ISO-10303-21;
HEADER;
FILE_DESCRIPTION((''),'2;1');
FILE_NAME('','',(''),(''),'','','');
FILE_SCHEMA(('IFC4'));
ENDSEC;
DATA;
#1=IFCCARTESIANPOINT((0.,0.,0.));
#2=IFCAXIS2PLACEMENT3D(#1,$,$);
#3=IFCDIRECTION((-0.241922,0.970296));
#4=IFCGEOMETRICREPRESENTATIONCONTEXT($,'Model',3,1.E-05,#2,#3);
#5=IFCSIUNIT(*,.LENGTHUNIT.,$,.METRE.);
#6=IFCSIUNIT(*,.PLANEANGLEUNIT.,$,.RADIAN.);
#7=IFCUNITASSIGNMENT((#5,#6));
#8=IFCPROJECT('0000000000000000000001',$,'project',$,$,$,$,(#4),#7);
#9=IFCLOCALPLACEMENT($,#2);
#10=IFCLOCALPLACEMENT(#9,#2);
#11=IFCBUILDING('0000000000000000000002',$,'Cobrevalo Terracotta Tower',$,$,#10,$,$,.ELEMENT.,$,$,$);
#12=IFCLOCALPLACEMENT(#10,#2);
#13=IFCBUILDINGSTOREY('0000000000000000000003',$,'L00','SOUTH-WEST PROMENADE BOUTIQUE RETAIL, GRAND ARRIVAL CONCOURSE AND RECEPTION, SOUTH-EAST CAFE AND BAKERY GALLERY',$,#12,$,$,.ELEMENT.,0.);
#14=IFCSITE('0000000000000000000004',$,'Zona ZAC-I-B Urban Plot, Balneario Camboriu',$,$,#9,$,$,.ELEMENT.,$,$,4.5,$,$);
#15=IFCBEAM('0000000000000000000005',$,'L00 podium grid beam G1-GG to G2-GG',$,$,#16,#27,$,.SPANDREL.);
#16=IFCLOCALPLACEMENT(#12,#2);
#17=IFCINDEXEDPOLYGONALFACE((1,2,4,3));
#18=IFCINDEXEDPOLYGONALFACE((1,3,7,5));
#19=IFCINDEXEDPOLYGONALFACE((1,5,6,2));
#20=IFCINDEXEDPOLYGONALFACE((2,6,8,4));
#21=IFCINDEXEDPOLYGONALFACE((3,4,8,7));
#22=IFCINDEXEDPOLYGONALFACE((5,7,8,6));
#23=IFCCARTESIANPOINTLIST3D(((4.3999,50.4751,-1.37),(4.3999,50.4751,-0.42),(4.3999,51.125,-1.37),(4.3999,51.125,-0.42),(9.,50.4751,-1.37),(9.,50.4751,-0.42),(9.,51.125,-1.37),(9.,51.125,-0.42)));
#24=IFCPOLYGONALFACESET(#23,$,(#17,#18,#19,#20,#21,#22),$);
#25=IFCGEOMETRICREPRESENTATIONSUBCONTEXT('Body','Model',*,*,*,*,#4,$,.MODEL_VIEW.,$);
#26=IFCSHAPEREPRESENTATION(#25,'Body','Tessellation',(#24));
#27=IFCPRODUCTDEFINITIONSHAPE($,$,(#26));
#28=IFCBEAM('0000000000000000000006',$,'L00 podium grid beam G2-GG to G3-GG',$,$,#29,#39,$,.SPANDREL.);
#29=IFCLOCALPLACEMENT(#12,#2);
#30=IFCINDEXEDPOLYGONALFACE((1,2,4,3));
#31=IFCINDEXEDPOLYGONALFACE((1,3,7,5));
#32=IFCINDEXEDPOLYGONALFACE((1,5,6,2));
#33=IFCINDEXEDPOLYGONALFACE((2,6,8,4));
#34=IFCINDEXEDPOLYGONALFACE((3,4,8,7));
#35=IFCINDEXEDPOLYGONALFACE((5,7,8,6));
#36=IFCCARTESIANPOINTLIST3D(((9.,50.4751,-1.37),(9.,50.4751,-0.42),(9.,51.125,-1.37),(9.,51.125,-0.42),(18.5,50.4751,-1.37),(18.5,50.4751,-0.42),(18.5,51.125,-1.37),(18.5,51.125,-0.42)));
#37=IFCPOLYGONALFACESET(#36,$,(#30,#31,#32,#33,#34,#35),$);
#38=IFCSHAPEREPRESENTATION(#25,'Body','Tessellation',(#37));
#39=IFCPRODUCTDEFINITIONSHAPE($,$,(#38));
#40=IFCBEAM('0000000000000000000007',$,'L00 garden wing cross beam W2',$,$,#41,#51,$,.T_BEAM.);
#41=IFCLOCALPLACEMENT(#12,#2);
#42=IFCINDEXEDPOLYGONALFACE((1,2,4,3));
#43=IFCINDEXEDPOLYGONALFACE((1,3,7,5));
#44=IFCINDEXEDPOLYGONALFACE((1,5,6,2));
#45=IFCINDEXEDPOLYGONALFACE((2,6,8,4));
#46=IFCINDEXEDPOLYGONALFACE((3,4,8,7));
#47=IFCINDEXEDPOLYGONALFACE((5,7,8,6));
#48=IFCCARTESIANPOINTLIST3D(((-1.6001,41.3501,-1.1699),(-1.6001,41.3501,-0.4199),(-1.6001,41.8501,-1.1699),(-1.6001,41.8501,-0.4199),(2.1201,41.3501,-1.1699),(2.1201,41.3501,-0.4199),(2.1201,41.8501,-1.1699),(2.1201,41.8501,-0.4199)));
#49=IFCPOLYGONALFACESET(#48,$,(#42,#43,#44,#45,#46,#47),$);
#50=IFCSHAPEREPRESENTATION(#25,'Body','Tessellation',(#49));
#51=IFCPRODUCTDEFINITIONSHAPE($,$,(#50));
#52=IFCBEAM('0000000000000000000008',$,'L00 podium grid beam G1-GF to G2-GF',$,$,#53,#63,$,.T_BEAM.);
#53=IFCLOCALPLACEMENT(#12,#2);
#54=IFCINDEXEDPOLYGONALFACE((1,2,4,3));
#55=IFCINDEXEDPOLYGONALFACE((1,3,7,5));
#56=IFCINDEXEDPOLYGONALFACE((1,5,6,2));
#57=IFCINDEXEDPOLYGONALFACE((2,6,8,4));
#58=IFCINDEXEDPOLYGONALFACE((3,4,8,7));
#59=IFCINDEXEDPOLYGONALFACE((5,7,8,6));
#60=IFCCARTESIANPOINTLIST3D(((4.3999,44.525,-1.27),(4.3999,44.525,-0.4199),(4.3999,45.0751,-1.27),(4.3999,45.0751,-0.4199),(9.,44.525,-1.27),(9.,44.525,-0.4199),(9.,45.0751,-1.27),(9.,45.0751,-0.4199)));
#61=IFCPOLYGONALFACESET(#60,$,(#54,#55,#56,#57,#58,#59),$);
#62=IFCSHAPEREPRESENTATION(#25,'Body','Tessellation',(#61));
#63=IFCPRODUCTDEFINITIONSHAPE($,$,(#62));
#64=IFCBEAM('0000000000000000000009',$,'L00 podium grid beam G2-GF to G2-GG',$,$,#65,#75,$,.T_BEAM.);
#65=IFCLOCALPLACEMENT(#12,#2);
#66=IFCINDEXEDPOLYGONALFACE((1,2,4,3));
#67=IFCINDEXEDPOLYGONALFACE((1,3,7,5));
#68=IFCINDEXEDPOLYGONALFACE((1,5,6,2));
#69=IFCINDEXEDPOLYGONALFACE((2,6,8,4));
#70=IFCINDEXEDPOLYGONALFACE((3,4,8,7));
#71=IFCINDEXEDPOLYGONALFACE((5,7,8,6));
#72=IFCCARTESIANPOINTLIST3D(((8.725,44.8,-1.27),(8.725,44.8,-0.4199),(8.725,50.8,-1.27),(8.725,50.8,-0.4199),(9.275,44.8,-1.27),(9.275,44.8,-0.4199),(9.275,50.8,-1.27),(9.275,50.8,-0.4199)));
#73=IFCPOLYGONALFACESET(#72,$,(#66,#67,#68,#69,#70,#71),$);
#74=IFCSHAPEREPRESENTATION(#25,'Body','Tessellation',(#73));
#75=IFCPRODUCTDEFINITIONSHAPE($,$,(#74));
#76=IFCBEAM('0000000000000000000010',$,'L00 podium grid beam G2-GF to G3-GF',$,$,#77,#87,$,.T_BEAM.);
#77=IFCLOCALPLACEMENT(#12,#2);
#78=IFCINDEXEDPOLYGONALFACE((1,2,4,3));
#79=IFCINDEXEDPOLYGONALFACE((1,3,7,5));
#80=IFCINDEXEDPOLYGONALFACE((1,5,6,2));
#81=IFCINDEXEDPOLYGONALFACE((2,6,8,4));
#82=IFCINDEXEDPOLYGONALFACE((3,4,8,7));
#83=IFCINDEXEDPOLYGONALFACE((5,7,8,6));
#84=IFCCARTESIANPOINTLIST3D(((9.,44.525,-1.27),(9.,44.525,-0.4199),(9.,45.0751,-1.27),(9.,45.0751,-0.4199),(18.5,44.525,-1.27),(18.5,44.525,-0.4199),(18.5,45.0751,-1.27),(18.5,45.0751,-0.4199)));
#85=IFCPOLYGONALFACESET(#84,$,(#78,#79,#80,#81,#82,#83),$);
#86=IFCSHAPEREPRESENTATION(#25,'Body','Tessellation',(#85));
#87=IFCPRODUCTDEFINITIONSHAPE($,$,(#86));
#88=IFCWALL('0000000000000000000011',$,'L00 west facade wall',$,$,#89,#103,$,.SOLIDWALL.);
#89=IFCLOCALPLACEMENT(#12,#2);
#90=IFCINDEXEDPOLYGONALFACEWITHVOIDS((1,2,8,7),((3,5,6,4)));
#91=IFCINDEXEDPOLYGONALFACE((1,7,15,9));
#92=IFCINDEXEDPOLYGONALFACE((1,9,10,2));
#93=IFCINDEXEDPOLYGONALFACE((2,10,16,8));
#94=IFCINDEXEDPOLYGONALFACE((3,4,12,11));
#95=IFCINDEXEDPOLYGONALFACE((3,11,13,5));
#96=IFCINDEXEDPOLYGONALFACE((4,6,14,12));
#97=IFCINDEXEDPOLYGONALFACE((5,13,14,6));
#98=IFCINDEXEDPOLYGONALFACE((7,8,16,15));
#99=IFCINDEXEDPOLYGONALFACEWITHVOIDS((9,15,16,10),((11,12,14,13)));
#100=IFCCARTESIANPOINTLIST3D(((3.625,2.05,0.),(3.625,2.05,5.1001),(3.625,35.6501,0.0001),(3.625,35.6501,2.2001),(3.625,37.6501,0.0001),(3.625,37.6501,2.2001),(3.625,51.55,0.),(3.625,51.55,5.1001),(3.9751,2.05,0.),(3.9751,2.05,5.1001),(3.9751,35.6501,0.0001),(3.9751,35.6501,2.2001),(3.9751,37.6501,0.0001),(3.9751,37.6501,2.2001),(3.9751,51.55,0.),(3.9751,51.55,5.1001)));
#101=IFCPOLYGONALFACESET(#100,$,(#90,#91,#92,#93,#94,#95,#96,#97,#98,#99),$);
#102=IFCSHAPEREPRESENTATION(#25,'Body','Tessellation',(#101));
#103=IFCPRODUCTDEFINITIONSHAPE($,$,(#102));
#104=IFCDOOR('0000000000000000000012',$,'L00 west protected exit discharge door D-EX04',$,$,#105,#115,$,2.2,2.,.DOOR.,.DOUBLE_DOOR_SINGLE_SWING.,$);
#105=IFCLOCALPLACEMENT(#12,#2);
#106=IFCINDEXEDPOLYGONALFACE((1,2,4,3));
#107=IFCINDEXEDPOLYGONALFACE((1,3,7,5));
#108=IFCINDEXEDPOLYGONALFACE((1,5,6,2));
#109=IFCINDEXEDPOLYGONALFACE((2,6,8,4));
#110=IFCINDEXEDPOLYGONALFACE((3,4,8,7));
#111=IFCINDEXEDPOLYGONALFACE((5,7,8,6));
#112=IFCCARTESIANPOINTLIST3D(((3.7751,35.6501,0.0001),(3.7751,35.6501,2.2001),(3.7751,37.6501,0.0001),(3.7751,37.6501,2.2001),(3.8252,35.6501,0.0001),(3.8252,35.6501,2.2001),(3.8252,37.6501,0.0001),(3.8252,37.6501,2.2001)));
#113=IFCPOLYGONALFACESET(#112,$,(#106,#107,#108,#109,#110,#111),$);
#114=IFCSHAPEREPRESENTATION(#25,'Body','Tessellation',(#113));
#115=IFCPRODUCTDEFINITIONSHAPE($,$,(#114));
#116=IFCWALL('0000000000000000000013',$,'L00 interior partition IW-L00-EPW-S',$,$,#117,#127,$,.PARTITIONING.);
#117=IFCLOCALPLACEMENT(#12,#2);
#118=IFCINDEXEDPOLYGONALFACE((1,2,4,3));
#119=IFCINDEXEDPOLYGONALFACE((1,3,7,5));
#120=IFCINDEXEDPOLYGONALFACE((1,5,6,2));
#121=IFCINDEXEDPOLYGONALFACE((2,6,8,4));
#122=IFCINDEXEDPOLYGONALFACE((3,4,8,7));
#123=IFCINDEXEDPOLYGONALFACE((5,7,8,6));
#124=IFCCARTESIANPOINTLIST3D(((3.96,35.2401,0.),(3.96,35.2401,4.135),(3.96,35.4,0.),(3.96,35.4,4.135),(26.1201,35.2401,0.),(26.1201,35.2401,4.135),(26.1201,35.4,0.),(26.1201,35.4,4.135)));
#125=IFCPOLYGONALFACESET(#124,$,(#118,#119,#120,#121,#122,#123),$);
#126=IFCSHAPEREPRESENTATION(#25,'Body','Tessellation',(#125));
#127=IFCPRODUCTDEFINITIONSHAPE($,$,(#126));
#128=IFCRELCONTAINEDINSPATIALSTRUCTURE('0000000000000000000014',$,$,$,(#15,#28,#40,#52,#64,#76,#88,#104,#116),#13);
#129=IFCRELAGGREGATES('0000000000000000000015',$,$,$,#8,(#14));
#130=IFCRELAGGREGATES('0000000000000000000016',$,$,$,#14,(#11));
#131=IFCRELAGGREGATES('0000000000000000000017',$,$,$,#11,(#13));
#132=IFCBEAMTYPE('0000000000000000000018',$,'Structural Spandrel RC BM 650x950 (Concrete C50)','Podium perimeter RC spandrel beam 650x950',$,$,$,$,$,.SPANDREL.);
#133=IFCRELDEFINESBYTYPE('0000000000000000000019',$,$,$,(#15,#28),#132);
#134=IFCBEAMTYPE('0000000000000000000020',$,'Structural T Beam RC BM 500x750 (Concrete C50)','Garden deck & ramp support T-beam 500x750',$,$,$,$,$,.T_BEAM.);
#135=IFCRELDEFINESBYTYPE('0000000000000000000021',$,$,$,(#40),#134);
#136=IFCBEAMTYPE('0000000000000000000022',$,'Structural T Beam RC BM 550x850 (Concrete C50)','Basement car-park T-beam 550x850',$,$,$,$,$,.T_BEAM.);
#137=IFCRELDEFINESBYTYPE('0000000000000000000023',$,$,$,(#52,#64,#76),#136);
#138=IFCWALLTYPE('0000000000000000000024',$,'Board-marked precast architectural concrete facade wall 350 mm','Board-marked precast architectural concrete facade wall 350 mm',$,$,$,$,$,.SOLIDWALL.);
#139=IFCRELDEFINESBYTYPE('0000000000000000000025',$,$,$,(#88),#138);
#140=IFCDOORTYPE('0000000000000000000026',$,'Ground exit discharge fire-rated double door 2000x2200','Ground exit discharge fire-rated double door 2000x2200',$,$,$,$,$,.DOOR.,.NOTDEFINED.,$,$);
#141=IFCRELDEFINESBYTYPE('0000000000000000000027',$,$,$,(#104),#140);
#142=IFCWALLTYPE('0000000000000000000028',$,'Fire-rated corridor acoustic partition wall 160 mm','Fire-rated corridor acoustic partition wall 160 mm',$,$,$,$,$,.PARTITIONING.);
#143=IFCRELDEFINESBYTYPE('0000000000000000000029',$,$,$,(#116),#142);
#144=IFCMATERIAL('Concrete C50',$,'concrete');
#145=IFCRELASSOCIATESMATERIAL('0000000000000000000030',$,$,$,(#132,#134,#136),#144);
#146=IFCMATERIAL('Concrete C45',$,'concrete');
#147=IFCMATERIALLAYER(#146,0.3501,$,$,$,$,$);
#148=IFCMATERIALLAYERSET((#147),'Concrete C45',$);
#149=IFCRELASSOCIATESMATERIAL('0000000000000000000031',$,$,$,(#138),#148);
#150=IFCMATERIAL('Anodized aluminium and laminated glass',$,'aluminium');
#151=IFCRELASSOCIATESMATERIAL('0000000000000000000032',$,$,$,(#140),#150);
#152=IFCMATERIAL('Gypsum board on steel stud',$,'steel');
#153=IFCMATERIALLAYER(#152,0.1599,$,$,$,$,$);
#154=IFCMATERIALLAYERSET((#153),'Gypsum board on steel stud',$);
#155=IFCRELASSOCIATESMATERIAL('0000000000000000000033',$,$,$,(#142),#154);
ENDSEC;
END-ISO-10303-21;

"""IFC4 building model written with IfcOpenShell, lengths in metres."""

from ifc_helpers import new_model, si_unit, direction, frame, frame_2d, origin, origin_2d, place, context, subcontext, project, spatial, rectangle, extrude, source, transform, mapped, material, layer, layer_set, material_profile, profile_set, type_object, element, fill, save


model = new_model("IFC4")

# Units and contexts
model_context = context("Model", 3, precision=1e-05, world=origin(), true_north=direction((-0.241922, 0.970296)))
body_context = subcontext(model_context, "Body", "Model", "MODEL_VIEW")
ifc_project = project(units=[si_unit("LENGTHUNIT", "METRE"), si_unit("PLANEANGLEUNIT", "RADIAN")], contexts=[model_context])

# Site, building, storey
site_placement = place(None, origin())
site = spatial("IfcSite", under=ifc_project, at=site_placement, Name="Zona ZAC-I-B Urban Plot, Balneario Camboriu", CompositionType="ELEMENT", RefElevation=4.5)
building_placement = place(site_placement, origin())
building = spatial("IfcBuilding", under=site, at=building_placement, Name="Cobrevalo Terracotta Tower", CompositionType="ELEMENT")
storey_placement = place(building_placement, origin())
storey = spatial("IfcBuildingStorey", under=building, at=storey_placement, Name="L00", Description="SOUTH-WEST PROMENADE BOUTIQUE RETAIL, GRAND ARRIVAL CONCOURSE AND RECEPTION, SOUTH-EAST CAFE AND BAKERY GALLERY", CompositionType="ELEMENT", Elevation=0.0)

# Shared definitions
ifc_material_1 = material(Name="Concrete C50", Category="concrete")

# Beams
ifc_material_profile_1 = material_profile(ifc_material_1, rectangle(XDim=0.6499, YDim=0.95, at=origin_2d()), Name="RC BM 650x950")
ifc_profile_set_1 = profile_set([ifc_material_profile_1], Name="Concrete C50")
beam_type_1 = type_object("IfcBeamType", Name="Structural Spandrel RC BM 650x950 (Concrete C50)", Description="Podium perimeter RC spandrel beam 650x950", PredefinedType="SPANDREL", material=ifc_profile_set_1)
beam_1_placement = place(storey_placement, frame((4.3999, 50.8, -0.895), z_axis=(1.0, 0.0, 0.0), x_axis=(0.0, 1.0, 0.0)))
element("IfcBeam", 1, at=beam_1_placement, inside=storey, type_object=beam_type_1, Name="L00 podium grid beam G1-GG to G2-GG", PredefinedType="SPANDREL", context=body_context, shape_type="SweptSolid", body=[
    extrude(rectangle(XDim=0.6499, YDim=0.95, at=origin_2d()), origin(), (0.0, 0.0, 1.0), 4.6001),
])
beam_2_placement = place(storey_placement, frame((9.0, 50.8, -0.895), z_axis=(1.0, 0.0, 0.0), x_axis=(0.0, 1.0, 0.0)))
element("IfcBeam", 2, at=beam_2_placement, inside=storey, type_object=beam_type_1, Name="L00 podium grid beam G2-GG to G3-GG", PredefinedType="SPANDREL", context=body_context, shape_type="SweptSolid", body=[
    extrude(rectangle(XDim=0.6499, YDim=0.95, at=origin_2d()), origin(), (0.0, 0.0, 1.0), 9.5),
])
ifc_material_profile_2 = material_profile(ifc_material_1, rectangle(XDim=0.5, YDim=0.75, at=origin_2d()), Name="RC BM 500x750")
ifc_profile_set_2 = profile_set([ifc_material_profile_2], Name="Concrete C50")
beam_type_2 = type_object("IfcBeamType", Name="Structural T Beam RC BM 500x750 (Concrete C50)", Description="Garden deck & ramp support T-beam 500x750", PredefinedType="T_BEAM", material=ifc_profile_set_2)
beam_3_placement = place(storey_placement, frame((-1.6001, 41.6001, -0.7949), z_axis=(1.0, 0.0, 0.0), x_axis=(0.0, 1.0, 0.0)))
element("IfcBeam", 3, at=beam_3_placement, inside=storey, type_object=beam_type_2, Name="L00 garden wing cross beam W2", PredefinedType="T_BEAM", context=body_context, shape_type="SweptSolid", body=[
    extrude(rectangle(XDim=0.5, YDim=0.75, at=origin_2d()), origin(), (0.0, 0.0, 1.0), 3.7202),
])
ifc_material_profile_3 = material_profile(ifc_material_1, rectangle(XDim=0.55, YDim=0.8501, at=origin_2d()), Name="RC BM 550x850")
ifc_profile_set_3 = profile_set([ifc_material_profile_3], Name="Concrete C50")
beam_type_3 = type_object("IfcBeamType", Name="Structural T Beam RC BM 550x850 (Concrete C50)", Description="Basement car-park T-beam 550x850", PredefinedType="T_BEAM", material=ifc_profile_set_3)
beam_4_placement = place(storey_placement, frame((4.3999, 44.8, -0.845), z_axis=(1.0, 0.0, 0.0), x_axis=(0.0, 1.0, 0.0)))
element("IfcBeam", 4, at=beam_4_placement, inside=storey, type_object=beam_type_3, Name="L00 podium grid beam G1-GF to G2-GF", PredefinedType="T_BEAM", context=body_context, shape_type="SweptSolid", body=[
    extrude(rectangle(XDim=0.55, YDim=0.8501, at=origin_2d()), origin(), (0.0, 0.0, 1.0), 4.6001),
])
beam_5_placement = place(storey_placement, frame((9.0, 44.8, -0.845), z_axis=(0.0, 1.0, 0.0), x_axis=(-1.0, 0.0, 0.0)))
element("IfcBeam", 5, at=beam_5_placement, inside=storey, type_object=beam_type_3, Name="L00 podium grid beam G2-GF to G2-GG", PredefinedType="T_BEAM", context=body_context, shape_type="SweptSolid", body=[
    extrude(rectangle(XDim=0.55, YDim=0.8501, at=origin_2d()), origin(), (0.0, 0.0, 1.0), 6.0),
])
beam_6_placement = place(storey_placement, frame((9.0, 44.8, -0.845), z_axis=(1.0, 0.0, 0.0), x_axis=(0.0, 1.0, 0.0)))
element("IfcBeam", 6, at=beam_6_placement, inside=storey, type_object=beam_type_3, Name="L00 podium grid beam G2-GF to G3-GF", PredefinedType="T_BEAM", context=body_context, shape_type="SweptSolid", body=[
    extrude(rectangle(XDim=0.55, YDim=0.8501, at=origin_2d()), origin(), (0.0, 0.0, 1.0), 9.5),
])

# Wall, opening, door
ifc_material_2 = material(Name="Concrete C45", Category="concrete")
ifc_layer_1 = layer(ifc_material_2, 0.3501)
ifc_layer_set_1 = layer_set([ifc_layer_1], Name="Concrete C45")
wall_type_1 = type_object("IfcWallType", Name="Board-marked precast architectural concrete facade wall 350 mm", Description="Board-marked precast architectural concrete facade wall 350 mm", PredefinedType="SOLIDWALL", material=ifc_layer_set_1)
wall_1_placement = place(storey_placement, frame((3.8, 51.55, 0.0), z_axis=(0.0, 0.0, 1.0), x_axis=(0.0, -1.0, 0.0)))
wall_1 = element("IfcWall", 7, at=wall_1_placement, inside=storey, type_object=wall_type_1, Name="L00 west facade wall", PredefinedType="SOLIDWALL", context=body_context, shape_type="SweptSolid", body=[
    extrude(rectangle(XDim=49.5, YDim=0.3501, at=frame_2d((24.75, 0.0))), origin(), (0.0, 0.0, 1.0), 5.1001),
])
opening_1_placement = place(wall_1_placement, frame((13.8999, 0.0, 0.0)))
opening_1 = element("IfcOpeningElement", 8, at=opening_1_placement, cuts=wall_1, PredefinedType="OPENING", context=body_context, shape_type="SweptSolid", body=[
    extrude(rectangle(XDim=2.0, YDim=2.2, at=frame_2d((1.0, 1.1001))), frame((0.0, 0.1851, 0.0), z_axis=(0.0, -1.0, 0.0), x_axis=(1.0, 0.0, 0.0)), (0.0, 0.0, 1.0), 0.3701),
])
ifc_material_3 = material(Name="Anodized aluminium and laminated glass", Category="aluminium")
door_type_1 = type_object("IfcDoorType", Name="Ground exit discharge fire-rated double door 2000x2200", Description="Ground exit discharge fire-rated double door 2000x2200", OperationType="NOTDEFINED", PredefinedType="DOOR", material=ifc_material_3)
shared_shape_1 = source(origin(), body_context, "Body", "SweptSolid", [
    extrude(rectangle(XDim=2.0, YDim=2.2, at=frame_2d((1.0, 1.1001))), frame((0.0, 0.0249, 0.0), z_axis=(0.0, -1.0, 0.0), x_axis=(1.0, 0.0, 0.0)), (0.0, 0.0, 1.0), 0.05),
])
door_1_placement = place(opening_1_placement, frame((2.0, 0.0, 0.0), z_axis=(0.0, 0.0, 1.0), x_axis=(-1.0, 0.0, 0.0)))
door_1 = element("IfcDoor", 9, at=door_1_placement, inside=storey, type_object=door_type_1, Name="L00 west protected exit discharge door D-EX04", OperationType="DOUBLE_DOOR_SINGLE_SWING", OverallHeight=2.2, OverallWidth=2.0, PredefinedType="DOOR", context=body_context, shape_type="MappedRepresentation", body=[
    mapped(shared_shape_1, transform((0.0, 0.0, 0.0), scale=1.0)),
])
fill(opening_1, door_1)

# Wall
ifc_material_4 = material(Name="Gypsum board on steel stud", Category="steel")
ifc_layer_2 = layer(ifc_material_4, 0.1599)
ifc_layer_set_2 = layer_set([ifc_layer_2], Name="Gypsum board on steel stud")
wall_type_2 = type_object("IfcWallType", Name="Fire-rated corridor acoustic partition wall 160 mm", Description="Fire-rated corridor acoustic partition wall 160 mm", PredefinedType="PARTITIONING", material=ifc_layer_set_2)
wall_2_placement = place(storey_placement, frame((3.96, 35.3201, 0.0), z_axis=(0.0, 0.0, 1.0), x_axis=(1.0, 0.0, 0.0)))
element("IfcWall", 10, at=wall_2_placement, inside=storey, type_object=wall_type_2, Name="L00 interior partition IW-L00-EPW-S", PredefinedType="PARTITIONING", context=body_context, shape_type="SweptSolid", body=[
    extrude(rectangle(XDim=22.1602, YDim=0.1599, at=frame_2d((11.0801, 0.0))), origin(), (0.0, 0.0, 1.0), 4.135),
])

save(model, "model.ifc")
